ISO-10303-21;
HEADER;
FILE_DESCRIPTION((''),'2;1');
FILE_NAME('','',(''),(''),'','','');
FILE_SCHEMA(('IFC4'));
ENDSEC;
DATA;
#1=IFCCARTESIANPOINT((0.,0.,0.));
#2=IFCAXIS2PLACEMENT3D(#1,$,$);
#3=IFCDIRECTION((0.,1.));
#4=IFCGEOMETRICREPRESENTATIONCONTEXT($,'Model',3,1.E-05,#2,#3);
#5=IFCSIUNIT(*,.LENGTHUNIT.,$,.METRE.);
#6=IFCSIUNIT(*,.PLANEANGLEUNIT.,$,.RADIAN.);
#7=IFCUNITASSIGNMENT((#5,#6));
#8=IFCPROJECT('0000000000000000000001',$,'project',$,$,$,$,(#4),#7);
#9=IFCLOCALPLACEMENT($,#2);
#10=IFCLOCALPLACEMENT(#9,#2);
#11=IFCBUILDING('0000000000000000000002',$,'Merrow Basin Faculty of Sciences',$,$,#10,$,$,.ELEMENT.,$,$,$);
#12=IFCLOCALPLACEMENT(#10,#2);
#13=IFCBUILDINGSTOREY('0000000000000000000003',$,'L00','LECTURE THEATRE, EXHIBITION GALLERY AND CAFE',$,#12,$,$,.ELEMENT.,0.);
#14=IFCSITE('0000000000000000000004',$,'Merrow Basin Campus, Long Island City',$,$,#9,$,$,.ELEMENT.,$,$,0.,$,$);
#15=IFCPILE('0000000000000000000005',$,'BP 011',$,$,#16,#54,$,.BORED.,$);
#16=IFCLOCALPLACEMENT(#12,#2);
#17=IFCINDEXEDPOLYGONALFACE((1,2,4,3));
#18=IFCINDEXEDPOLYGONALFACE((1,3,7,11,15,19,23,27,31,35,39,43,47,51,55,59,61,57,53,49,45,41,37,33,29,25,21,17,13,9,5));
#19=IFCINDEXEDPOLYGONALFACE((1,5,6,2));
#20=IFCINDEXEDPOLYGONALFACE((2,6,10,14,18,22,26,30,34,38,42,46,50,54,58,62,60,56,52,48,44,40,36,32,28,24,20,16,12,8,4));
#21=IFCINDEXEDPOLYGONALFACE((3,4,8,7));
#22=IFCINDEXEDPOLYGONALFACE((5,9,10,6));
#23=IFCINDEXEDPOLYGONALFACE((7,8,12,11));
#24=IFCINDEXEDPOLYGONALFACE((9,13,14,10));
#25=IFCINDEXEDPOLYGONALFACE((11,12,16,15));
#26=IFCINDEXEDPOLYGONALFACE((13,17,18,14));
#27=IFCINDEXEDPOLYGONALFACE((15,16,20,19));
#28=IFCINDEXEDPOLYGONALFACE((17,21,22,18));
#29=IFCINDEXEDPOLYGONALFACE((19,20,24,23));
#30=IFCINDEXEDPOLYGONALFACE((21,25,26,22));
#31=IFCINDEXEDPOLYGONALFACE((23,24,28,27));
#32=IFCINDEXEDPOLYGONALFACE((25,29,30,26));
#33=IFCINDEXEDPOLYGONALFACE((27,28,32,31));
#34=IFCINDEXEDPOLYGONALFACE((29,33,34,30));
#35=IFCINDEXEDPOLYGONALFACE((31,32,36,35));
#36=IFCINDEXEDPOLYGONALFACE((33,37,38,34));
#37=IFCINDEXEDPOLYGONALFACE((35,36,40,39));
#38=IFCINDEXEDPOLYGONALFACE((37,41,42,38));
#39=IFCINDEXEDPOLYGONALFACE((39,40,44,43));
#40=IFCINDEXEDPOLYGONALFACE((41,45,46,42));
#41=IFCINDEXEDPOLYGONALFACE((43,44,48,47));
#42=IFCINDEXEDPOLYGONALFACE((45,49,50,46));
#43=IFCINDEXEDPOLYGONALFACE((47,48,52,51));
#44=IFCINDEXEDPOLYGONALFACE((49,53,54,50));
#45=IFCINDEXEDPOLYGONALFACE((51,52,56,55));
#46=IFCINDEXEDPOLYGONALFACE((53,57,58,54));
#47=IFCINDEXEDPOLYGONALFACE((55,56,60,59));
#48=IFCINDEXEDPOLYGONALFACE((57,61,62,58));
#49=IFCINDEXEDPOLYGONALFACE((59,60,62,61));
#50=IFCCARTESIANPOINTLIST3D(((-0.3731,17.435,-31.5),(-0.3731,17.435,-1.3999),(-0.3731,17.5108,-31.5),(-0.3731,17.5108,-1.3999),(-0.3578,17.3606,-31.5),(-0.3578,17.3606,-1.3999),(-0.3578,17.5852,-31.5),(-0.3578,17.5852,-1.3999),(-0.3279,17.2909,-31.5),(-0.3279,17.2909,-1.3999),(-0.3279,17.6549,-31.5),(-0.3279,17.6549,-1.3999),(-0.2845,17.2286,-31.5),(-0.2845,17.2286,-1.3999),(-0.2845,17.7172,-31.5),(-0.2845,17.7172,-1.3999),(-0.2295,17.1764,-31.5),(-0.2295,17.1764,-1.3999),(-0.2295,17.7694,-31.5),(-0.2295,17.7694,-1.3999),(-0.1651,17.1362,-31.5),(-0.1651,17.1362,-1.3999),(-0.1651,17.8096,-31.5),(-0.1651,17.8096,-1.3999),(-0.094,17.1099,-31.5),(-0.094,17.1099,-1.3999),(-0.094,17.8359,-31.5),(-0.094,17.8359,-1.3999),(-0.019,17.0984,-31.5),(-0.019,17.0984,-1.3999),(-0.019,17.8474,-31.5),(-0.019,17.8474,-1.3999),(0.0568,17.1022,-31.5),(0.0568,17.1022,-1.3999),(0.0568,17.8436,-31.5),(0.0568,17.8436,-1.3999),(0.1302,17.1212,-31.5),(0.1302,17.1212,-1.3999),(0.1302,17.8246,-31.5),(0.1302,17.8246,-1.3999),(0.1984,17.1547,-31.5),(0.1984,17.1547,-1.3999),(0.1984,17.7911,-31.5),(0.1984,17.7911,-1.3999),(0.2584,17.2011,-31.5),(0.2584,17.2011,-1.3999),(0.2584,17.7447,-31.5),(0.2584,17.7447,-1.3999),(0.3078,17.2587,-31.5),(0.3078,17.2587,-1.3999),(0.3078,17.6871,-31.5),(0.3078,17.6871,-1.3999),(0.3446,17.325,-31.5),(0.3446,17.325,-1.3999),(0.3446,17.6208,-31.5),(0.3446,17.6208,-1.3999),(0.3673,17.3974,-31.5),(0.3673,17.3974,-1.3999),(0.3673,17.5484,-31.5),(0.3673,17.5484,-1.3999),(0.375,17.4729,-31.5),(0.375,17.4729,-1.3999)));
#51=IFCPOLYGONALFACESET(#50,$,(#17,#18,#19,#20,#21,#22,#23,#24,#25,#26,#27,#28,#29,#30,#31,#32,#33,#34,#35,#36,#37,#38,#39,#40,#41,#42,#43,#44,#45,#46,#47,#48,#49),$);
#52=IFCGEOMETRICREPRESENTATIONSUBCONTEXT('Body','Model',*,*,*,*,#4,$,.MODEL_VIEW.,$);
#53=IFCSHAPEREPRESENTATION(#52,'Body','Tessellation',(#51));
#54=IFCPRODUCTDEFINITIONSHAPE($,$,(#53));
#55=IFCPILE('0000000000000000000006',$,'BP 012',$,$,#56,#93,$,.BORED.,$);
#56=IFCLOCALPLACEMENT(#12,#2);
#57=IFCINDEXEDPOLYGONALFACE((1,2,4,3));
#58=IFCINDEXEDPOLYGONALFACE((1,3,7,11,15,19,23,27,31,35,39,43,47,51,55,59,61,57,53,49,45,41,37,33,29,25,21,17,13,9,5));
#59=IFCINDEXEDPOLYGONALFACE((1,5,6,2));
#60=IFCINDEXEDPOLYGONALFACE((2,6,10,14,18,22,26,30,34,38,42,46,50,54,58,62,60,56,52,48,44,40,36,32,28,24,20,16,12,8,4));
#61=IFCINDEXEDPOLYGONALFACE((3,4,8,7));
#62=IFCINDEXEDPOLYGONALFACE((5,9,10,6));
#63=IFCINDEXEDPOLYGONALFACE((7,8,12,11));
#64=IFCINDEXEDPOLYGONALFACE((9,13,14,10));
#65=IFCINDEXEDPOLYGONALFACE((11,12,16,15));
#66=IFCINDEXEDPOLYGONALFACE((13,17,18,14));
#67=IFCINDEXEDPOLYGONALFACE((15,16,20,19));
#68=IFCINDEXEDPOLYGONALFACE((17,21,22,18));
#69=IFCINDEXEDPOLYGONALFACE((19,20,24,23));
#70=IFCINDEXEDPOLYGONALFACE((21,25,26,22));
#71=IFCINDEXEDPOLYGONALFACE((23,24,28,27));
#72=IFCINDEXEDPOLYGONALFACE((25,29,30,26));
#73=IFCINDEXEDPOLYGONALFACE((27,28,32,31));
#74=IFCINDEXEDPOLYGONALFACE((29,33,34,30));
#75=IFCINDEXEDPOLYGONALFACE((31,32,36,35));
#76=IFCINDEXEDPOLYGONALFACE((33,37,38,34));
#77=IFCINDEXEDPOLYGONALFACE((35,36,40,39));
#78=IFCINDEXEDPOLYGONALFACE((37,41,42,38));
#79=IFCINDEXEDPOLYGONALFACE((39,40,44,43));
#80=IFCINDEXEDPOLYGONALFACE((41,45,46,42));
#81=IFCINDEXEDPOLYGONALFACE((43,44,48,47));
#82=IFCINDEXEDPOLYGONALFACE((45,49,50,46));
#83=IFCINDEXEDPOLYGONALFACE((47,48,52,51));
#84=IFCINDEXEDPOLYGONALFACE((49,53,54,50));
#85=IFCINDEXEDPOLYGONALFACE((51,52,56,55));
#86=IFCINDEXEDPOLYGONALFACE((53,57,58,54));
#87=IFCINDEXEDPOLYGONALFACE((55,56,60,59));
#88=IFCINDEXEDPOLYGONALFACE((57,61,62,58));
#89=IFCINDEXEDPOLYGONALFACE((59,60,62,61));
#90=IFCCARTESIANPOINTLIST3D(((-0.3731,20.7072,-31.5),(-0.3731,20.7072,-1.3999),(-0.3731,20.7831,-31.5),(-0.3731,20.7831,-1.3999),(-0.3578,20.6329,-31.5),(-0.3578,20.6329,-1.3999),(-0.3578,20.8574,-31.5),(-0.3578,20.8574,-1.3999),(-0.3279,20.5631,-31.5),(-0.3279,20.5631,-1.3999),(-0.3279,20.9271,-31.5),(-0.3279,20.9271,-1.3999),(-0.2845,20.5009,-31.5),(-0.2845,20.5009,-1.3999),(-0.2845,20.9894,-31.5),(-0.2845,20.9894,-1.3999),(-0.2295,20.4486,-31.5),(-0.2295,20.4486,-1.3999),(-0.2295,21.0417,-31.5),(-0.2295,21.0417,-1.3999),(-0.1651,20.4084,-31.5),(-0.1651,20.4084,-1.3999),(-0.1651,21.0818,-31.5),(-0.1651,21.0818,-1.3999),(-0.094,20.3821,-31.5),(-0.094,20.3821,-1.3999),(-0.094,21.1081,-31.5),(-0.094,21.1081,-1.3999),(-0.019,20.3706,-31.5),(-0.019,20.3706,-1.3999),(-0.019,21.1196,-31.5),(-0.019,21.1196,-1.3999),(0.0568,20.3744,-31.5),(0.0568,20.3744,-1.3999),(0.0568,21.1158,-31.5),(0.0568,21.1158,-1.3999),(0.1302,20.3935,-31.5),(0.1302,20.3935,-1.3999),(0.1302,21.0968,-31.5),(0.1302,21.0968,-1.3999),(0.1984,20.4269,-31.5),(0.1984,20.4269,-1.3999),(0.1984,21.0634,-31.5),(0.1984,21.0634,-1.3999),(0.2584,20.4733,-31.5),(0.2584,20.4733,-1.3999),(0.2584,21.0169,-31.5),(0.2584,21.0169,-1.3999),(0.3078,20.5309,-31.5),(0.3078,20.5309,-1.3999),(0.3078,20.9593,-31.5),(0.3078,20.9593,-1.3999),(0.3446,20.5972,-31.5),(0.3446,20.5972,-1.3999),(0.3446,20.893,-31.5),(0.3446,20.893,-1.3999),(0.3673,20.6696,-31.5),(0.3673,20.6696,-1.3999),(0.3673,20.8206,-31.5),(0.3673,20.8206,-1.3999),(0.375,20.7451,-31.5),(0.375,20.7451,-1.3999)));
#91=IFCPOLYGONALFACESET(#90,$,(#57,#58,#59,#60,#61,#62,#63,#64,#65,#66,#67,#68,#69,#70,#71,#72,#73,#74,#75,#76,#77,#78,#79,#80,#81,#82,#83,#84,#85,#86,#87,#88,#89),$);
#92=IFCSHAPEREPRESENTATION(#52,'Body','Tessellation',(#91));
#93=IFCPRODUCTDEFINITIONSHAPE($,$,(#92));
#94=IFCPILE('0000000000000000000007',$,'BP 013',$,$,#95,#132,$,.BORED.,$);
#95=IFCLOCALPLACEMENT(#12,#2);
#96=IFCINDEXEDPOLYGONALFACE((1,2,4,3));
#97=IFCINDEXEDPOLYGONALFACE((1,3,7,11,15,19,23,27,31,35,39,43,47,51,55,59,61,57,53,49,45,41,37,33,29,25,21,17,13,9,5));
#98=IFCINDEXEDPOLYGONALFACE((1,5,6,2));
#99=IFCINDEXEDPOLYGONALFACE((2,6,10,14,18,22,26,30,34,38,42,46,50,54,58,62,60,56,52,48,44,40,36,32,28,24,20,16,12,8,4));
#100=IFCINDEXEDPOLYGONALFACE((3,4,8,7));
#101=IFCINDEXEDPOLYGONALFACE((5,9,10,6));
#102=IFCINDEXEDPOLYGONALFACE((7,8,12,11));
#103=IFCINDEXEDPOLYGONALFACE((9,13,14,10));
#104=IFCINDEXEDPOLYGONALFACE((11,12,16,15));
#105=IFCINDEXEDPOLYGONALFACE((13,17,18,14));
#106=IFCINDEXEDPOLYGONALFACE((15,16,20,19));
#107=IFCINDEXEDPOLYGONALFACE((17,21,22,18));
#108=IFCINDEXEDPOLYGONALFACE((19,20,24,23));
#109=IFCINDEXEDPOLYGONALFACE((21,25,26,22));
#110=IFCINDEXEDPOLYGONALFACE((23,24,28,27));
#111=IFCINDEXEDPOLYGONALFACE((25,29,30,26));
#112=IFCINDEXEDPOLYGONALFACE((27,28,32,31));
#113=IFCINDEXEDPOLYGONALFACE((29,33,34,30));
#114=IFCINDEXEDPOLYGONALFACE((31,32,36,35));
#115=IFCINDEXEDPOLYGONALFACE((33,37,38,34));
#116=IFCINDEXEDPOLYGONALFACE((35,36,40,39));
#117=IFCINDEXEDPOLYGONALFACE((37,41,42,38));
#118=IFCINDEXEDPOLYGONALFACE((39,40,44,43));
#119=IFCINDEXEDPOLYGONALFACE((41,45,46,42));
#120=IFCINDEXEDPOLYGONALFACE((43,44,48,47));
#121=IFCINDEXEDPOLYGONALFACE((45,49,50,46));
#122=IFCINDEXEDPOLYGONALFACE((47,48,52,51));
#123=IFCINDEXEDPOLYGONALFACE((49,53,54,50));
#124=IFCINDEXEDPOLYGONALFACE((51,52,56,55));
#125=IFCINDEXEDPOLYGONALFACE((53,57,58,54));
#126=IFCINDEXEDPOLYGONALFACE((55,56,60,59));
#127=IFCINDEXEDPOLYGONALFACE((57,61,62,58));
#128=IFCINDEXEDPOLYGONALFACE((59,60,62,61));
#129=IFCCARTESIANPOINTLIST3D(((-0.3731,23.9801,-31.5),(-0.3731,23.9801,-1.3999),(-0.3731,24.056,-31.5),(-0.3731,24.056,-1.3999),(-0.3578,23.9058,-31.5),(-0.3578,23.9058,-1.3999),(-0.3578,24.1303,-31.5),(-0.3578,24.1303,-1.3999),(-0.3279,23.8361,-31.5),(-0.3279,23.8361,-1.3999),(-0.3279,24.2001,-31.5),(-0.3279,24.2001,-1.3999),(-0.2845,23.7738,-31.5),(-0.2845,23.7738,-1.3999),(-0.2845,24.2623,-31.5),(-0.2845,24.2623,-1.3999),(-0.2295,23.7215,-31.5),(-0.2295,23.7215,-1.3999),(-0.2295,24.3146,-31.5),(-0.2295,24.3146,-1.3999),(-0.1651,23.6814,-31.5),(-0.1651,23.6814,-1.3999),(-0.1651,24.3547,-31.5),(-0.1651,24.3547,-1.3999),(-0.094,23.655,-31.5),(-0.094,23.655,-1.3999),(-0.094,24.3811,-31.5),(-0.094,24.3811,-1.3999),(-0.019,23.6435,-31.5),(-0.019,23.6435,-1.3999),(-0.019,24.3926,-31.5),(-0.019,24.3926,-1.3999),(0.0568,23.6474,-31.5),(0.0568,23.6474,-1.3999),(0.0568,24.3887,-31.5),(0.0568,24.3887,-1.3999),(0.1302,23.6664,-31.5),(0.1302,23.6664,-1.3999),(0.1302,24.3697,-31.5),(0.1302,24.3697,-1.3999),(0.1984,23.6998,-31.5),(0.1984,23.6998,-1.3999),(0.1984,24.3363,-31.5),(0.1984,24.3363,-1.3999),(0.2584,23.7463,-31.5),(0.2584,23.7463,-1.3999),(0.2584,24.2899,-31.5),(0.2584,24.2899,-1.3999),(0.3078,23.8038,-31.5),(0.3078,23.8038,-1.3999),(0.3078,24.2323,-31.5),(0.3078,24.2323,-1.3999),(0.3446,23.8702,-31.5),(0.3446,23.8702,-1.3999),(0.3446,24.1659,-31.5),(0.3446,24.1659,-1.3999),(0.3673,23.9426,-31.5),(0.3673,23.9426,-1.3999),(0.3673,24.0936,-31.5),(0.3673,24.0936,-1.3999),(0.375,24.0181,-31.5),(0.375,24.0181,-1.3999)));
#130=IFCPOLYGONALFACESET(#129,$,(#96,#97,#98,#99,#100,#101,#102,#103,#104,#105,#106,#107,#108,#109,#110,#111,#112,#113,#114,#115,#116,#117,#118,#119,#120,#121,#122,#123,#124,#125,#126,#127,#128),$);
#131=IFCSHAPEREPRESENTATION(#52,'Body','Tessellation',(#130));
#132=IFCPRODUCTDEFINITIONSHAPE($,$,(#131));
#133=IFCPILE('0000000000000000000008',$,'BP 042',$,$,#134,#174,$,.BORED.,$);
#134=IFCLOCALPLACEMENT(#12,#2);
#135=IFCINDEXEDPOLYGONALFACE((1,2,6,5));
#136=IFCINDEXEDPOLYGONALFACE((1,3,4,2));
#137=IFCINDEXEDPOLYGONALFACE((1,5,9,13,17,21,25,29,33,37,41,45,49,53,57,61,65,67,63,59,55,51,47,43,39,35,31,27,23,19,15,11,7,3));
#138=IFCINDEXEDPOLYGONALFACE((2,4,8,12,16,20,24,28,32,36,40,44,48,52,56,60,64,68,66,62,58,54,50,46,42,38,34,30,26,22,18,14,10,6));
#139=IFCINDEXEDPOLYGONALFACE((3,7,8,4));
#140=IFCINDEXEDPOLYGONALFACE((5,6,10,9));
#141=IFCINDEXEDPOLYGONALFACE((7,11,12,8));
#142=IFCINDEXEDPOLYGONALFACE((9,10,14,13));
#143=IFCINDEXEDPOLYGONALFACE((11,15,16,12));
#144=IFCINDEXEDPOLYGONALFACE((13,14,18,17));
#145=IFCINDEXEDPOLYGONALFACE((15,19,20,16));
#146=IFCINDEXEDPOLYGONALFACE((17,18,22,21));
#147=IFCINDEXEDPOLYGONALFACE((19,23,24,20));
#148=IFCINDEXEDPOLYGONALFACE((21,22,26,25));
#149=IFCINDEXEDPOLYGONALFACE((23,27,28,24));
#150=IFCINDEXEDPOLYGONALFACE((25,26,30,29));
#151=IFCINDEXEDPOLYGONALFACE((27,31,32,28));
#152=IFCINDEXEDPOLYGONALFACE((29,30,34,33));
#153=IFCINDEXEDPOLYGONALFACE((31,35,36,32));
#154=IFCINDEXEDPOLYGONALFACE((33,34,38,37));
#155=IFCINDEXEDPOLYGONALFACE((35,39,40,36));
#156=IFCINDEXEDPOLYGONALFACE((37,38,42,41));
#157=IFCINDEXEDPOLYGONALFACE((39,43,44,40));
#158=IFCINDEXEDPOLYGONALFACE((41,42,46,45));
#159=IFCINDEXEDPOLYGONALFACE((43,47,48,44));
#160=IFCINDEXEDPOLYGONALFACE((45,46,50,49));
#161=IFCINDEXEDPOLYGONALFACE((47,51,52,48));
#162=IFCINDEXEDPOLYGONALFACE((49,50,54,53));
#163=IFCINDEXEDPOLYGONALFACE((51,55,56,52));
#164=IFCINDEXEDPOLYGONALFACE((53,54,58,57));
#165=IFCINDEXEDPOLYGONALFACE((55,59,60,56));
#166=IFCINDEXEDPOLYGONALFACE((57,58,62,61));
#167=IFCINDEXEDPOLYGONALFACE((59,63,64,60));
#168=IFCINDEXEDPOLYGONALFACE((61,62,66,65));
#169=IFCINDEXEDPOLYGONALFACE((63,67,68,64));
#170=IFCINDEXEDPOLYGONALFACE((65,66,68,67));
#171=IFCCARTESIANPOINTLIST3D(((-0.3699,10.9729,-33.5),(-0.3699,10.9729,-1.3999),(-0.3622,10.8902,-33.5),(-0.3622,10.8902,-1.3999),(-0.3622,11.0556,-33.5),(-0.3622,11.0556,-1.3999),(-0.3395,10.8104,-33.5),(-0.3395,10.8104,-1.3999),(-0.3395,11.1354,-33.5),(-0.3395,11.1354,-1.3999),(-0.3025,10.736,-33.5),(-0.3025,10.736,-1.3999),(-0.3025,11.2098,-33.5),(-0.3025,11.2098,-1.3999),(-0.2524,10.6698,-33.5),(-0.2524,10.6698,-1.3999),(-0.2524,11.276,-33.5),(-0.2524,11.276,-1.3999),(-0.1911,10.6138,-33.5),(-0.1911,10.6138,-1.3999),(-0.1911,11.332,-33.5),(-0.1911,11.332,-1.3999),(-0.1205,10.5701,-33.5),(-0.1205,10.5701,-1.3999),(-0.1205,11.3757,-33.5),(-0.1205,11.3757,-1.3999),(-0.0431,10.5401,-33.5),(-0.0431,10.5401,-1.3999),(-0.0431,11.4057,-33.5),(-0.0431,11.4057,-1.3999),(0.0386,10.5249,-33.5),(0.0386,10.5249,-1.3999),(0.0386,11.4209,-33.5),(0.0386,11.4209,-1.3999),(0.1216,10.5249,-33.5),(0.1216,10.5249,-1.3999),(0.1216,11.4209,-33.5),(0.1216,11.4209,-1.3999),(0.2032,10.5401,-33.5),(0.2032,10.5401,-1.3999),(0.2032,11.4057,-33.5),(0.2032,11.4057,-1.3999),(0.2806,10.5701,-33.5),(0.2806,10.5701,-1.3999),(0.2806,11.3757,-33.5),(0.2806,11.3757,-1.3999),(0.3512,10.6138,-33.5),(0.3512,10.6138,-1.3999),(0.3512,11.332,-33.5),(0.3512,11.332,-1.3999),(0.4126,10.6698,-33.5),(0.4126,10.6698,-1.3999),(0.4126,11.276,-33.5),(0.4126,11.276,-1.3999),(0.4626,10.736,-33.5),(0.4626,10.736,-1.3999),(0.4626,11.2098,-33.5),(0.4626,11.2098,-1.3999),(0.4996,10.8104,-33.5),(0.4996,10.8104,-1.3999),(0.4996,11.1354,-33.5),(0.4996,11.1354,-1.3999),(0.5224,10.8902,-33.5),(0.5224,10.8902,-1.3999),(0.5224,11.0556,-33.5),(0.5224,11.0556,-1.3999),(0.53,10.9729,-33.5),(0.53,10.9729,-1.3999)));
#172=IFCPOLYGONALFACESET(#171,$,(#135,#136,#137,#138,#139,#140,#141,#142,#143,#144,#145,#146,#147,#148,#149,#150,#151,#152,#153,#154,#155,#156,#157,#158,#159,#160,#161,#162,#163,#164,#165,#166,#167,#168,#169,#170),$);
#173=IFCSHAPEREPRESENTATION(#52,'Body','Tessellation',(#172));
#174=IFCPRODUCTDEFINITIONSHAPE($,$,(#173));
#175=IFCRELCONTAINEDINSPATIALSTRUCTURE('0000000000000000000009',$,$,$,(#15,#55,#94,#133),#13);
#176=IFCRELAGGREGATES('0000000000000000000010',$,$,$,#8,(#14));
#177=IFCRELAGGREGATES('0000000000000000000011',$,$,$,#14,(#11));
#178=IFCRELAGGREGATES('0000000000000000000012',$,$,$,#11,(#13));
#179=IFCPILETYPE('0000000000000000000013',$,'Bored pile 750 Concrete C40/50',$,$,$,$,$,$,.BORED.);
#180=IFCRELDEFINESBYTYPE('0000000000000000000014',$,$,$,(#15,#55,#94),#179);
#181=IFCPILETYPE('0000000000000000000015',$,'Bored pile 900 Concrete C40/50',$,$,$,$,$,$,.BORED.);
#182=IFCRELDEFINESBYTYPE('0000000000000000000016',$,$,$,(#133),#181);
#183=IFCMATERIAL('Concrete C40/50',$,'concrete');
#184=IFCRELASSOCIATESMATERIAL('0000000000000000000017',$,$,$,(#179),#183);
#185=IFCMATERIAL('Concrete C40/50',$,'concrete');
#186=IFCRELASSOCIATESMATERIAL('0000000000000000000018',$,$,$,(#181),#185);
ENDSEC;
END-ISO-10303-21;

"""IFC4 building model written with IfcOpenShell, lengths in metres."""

from ifc_helpers import new_model, si_unit, direction, frame, origin, origin_2d, place, context, subcontext, project, spatial, circle, extrude, material, material_profile, profile_set, type_object, element, save


model = new_model("IFC4")

# Units and contexts
model_context = context("Model", 3, precision=1e-05, world=origin(), true_north=direction((0.0, 1.0)))
body_context = subcontext(model_context, "Body", "Model", "MODEL_VIEW")
ifc_project = project(units=[si_unit("LENGTHUNIT", "METRE"), si_unit("PLANEANGLEUNIT", "RADIAN")], contexts=[model_context])

# Site, building, storey
site_placement = place(None, origin())
site = spatial("IfcSite", under=ifc_project, at=site_placement, Name="Merrow Basin Campus, Long Island City", CompositionType="ELEMENT", RefElevation=0.0)
building_placement = place(site_placement, origin())
building = spatial("IfcBuilding", under=site, at=building_placement, Name="Merrow Basin Faculty of Sciences", CompositionType="ELEMENT")
storey_placement = place(building_placement, origin())
storey = spatial("IfcBuildingStorey", under=building, at=storey_placement, Name="L00", Description="LECTURE THEATRE, EXHIBITION GALLERY AND CAFE", CompositionType="ELEMENT", Elevation=0.0)

# Piles
ifc_material_1 = material(Name="Concrete C40/50", Category="concrete")
ifc_material_profile_1 = material_profile(ifc_material_1, circle(Radius=0.375, at=origin_2d()))
ifc_profile_set_1 = profile_set([ifc_material_profile_1], Name="Concrete C40/50")
pile_type_1 = type_object("IfcPileType", Name="Bored pile 750 Concrete C40/50", PredefinedType="BORED", material=ifc_profile_set_1)
for number, where, z_axis, x_axis, name in (
    (1, (0.0, 17.4729, -1.3999), (0.0, 0.0, -1.0), (1.0, 0.0, 0.0), "BP 011"),
    (2, (0.0, 20.7451, -1.3999), (0.0, 0.0, -1.0), (1.0, 0.0, 0.0), "BP 012"),
    (3, (0.0, 24.0181, -1.3999), (0.0, 0.0, -1.0), (1.0, 0.0, 0.0), "BP 013"),
):
    element("IfcPile", number, at=place(storey_placement, frame(where, z_axis=z_axis, x_axis=x_axis)), inside=storey, type_object=pile_type_1, Name=name, PredefinedType="BORED", context=body_context, shape_type="SweptSolid", body=[
        extrude(circle(Radius=0.375, at=origin_2d()), origin(), (0.0, 0.0, 1.0), 30.1001),
    ])
ifc_material_2 = material(Name="Concrete C40/50", Category="concrete")
ifc_material_profile_2 = material_profile(ifc_material_2, circle(Radius=0.45, at=origin_2d()))
ifc_profile_set_2 = profile_set([ifc_material_profile_2], Name="Concrete C40/50")
pile_type_2 = type_object("IfcPileType", Name="Bored pile 900 Concrete C40/50", PredefinedType="BORED", material=ifc_profile_set_2)
for number, where, z_axis, x_axis, name in (
    (4, (0.0801, 10.9729, -1.3999), (0.0, 0.0, -1.0), (1.0, 0.0, 0.0), "BP 042"),
):
    element("IfcPile", number, at=place(storey_placement, frame(where, z_axis=z_axis, x_axis=x_axis)), inside=storey, type_object=pile_type_2, Name=name, PredefinedType="BORED", context=body_context, shape_type="SweptSolid", body=[
        extrude(circle(Radius=0.45, at=origin_2d()), origin(), (0.0, 0.0, 1.0), 32.1001),
    ])

save(model, "model.ifc")
